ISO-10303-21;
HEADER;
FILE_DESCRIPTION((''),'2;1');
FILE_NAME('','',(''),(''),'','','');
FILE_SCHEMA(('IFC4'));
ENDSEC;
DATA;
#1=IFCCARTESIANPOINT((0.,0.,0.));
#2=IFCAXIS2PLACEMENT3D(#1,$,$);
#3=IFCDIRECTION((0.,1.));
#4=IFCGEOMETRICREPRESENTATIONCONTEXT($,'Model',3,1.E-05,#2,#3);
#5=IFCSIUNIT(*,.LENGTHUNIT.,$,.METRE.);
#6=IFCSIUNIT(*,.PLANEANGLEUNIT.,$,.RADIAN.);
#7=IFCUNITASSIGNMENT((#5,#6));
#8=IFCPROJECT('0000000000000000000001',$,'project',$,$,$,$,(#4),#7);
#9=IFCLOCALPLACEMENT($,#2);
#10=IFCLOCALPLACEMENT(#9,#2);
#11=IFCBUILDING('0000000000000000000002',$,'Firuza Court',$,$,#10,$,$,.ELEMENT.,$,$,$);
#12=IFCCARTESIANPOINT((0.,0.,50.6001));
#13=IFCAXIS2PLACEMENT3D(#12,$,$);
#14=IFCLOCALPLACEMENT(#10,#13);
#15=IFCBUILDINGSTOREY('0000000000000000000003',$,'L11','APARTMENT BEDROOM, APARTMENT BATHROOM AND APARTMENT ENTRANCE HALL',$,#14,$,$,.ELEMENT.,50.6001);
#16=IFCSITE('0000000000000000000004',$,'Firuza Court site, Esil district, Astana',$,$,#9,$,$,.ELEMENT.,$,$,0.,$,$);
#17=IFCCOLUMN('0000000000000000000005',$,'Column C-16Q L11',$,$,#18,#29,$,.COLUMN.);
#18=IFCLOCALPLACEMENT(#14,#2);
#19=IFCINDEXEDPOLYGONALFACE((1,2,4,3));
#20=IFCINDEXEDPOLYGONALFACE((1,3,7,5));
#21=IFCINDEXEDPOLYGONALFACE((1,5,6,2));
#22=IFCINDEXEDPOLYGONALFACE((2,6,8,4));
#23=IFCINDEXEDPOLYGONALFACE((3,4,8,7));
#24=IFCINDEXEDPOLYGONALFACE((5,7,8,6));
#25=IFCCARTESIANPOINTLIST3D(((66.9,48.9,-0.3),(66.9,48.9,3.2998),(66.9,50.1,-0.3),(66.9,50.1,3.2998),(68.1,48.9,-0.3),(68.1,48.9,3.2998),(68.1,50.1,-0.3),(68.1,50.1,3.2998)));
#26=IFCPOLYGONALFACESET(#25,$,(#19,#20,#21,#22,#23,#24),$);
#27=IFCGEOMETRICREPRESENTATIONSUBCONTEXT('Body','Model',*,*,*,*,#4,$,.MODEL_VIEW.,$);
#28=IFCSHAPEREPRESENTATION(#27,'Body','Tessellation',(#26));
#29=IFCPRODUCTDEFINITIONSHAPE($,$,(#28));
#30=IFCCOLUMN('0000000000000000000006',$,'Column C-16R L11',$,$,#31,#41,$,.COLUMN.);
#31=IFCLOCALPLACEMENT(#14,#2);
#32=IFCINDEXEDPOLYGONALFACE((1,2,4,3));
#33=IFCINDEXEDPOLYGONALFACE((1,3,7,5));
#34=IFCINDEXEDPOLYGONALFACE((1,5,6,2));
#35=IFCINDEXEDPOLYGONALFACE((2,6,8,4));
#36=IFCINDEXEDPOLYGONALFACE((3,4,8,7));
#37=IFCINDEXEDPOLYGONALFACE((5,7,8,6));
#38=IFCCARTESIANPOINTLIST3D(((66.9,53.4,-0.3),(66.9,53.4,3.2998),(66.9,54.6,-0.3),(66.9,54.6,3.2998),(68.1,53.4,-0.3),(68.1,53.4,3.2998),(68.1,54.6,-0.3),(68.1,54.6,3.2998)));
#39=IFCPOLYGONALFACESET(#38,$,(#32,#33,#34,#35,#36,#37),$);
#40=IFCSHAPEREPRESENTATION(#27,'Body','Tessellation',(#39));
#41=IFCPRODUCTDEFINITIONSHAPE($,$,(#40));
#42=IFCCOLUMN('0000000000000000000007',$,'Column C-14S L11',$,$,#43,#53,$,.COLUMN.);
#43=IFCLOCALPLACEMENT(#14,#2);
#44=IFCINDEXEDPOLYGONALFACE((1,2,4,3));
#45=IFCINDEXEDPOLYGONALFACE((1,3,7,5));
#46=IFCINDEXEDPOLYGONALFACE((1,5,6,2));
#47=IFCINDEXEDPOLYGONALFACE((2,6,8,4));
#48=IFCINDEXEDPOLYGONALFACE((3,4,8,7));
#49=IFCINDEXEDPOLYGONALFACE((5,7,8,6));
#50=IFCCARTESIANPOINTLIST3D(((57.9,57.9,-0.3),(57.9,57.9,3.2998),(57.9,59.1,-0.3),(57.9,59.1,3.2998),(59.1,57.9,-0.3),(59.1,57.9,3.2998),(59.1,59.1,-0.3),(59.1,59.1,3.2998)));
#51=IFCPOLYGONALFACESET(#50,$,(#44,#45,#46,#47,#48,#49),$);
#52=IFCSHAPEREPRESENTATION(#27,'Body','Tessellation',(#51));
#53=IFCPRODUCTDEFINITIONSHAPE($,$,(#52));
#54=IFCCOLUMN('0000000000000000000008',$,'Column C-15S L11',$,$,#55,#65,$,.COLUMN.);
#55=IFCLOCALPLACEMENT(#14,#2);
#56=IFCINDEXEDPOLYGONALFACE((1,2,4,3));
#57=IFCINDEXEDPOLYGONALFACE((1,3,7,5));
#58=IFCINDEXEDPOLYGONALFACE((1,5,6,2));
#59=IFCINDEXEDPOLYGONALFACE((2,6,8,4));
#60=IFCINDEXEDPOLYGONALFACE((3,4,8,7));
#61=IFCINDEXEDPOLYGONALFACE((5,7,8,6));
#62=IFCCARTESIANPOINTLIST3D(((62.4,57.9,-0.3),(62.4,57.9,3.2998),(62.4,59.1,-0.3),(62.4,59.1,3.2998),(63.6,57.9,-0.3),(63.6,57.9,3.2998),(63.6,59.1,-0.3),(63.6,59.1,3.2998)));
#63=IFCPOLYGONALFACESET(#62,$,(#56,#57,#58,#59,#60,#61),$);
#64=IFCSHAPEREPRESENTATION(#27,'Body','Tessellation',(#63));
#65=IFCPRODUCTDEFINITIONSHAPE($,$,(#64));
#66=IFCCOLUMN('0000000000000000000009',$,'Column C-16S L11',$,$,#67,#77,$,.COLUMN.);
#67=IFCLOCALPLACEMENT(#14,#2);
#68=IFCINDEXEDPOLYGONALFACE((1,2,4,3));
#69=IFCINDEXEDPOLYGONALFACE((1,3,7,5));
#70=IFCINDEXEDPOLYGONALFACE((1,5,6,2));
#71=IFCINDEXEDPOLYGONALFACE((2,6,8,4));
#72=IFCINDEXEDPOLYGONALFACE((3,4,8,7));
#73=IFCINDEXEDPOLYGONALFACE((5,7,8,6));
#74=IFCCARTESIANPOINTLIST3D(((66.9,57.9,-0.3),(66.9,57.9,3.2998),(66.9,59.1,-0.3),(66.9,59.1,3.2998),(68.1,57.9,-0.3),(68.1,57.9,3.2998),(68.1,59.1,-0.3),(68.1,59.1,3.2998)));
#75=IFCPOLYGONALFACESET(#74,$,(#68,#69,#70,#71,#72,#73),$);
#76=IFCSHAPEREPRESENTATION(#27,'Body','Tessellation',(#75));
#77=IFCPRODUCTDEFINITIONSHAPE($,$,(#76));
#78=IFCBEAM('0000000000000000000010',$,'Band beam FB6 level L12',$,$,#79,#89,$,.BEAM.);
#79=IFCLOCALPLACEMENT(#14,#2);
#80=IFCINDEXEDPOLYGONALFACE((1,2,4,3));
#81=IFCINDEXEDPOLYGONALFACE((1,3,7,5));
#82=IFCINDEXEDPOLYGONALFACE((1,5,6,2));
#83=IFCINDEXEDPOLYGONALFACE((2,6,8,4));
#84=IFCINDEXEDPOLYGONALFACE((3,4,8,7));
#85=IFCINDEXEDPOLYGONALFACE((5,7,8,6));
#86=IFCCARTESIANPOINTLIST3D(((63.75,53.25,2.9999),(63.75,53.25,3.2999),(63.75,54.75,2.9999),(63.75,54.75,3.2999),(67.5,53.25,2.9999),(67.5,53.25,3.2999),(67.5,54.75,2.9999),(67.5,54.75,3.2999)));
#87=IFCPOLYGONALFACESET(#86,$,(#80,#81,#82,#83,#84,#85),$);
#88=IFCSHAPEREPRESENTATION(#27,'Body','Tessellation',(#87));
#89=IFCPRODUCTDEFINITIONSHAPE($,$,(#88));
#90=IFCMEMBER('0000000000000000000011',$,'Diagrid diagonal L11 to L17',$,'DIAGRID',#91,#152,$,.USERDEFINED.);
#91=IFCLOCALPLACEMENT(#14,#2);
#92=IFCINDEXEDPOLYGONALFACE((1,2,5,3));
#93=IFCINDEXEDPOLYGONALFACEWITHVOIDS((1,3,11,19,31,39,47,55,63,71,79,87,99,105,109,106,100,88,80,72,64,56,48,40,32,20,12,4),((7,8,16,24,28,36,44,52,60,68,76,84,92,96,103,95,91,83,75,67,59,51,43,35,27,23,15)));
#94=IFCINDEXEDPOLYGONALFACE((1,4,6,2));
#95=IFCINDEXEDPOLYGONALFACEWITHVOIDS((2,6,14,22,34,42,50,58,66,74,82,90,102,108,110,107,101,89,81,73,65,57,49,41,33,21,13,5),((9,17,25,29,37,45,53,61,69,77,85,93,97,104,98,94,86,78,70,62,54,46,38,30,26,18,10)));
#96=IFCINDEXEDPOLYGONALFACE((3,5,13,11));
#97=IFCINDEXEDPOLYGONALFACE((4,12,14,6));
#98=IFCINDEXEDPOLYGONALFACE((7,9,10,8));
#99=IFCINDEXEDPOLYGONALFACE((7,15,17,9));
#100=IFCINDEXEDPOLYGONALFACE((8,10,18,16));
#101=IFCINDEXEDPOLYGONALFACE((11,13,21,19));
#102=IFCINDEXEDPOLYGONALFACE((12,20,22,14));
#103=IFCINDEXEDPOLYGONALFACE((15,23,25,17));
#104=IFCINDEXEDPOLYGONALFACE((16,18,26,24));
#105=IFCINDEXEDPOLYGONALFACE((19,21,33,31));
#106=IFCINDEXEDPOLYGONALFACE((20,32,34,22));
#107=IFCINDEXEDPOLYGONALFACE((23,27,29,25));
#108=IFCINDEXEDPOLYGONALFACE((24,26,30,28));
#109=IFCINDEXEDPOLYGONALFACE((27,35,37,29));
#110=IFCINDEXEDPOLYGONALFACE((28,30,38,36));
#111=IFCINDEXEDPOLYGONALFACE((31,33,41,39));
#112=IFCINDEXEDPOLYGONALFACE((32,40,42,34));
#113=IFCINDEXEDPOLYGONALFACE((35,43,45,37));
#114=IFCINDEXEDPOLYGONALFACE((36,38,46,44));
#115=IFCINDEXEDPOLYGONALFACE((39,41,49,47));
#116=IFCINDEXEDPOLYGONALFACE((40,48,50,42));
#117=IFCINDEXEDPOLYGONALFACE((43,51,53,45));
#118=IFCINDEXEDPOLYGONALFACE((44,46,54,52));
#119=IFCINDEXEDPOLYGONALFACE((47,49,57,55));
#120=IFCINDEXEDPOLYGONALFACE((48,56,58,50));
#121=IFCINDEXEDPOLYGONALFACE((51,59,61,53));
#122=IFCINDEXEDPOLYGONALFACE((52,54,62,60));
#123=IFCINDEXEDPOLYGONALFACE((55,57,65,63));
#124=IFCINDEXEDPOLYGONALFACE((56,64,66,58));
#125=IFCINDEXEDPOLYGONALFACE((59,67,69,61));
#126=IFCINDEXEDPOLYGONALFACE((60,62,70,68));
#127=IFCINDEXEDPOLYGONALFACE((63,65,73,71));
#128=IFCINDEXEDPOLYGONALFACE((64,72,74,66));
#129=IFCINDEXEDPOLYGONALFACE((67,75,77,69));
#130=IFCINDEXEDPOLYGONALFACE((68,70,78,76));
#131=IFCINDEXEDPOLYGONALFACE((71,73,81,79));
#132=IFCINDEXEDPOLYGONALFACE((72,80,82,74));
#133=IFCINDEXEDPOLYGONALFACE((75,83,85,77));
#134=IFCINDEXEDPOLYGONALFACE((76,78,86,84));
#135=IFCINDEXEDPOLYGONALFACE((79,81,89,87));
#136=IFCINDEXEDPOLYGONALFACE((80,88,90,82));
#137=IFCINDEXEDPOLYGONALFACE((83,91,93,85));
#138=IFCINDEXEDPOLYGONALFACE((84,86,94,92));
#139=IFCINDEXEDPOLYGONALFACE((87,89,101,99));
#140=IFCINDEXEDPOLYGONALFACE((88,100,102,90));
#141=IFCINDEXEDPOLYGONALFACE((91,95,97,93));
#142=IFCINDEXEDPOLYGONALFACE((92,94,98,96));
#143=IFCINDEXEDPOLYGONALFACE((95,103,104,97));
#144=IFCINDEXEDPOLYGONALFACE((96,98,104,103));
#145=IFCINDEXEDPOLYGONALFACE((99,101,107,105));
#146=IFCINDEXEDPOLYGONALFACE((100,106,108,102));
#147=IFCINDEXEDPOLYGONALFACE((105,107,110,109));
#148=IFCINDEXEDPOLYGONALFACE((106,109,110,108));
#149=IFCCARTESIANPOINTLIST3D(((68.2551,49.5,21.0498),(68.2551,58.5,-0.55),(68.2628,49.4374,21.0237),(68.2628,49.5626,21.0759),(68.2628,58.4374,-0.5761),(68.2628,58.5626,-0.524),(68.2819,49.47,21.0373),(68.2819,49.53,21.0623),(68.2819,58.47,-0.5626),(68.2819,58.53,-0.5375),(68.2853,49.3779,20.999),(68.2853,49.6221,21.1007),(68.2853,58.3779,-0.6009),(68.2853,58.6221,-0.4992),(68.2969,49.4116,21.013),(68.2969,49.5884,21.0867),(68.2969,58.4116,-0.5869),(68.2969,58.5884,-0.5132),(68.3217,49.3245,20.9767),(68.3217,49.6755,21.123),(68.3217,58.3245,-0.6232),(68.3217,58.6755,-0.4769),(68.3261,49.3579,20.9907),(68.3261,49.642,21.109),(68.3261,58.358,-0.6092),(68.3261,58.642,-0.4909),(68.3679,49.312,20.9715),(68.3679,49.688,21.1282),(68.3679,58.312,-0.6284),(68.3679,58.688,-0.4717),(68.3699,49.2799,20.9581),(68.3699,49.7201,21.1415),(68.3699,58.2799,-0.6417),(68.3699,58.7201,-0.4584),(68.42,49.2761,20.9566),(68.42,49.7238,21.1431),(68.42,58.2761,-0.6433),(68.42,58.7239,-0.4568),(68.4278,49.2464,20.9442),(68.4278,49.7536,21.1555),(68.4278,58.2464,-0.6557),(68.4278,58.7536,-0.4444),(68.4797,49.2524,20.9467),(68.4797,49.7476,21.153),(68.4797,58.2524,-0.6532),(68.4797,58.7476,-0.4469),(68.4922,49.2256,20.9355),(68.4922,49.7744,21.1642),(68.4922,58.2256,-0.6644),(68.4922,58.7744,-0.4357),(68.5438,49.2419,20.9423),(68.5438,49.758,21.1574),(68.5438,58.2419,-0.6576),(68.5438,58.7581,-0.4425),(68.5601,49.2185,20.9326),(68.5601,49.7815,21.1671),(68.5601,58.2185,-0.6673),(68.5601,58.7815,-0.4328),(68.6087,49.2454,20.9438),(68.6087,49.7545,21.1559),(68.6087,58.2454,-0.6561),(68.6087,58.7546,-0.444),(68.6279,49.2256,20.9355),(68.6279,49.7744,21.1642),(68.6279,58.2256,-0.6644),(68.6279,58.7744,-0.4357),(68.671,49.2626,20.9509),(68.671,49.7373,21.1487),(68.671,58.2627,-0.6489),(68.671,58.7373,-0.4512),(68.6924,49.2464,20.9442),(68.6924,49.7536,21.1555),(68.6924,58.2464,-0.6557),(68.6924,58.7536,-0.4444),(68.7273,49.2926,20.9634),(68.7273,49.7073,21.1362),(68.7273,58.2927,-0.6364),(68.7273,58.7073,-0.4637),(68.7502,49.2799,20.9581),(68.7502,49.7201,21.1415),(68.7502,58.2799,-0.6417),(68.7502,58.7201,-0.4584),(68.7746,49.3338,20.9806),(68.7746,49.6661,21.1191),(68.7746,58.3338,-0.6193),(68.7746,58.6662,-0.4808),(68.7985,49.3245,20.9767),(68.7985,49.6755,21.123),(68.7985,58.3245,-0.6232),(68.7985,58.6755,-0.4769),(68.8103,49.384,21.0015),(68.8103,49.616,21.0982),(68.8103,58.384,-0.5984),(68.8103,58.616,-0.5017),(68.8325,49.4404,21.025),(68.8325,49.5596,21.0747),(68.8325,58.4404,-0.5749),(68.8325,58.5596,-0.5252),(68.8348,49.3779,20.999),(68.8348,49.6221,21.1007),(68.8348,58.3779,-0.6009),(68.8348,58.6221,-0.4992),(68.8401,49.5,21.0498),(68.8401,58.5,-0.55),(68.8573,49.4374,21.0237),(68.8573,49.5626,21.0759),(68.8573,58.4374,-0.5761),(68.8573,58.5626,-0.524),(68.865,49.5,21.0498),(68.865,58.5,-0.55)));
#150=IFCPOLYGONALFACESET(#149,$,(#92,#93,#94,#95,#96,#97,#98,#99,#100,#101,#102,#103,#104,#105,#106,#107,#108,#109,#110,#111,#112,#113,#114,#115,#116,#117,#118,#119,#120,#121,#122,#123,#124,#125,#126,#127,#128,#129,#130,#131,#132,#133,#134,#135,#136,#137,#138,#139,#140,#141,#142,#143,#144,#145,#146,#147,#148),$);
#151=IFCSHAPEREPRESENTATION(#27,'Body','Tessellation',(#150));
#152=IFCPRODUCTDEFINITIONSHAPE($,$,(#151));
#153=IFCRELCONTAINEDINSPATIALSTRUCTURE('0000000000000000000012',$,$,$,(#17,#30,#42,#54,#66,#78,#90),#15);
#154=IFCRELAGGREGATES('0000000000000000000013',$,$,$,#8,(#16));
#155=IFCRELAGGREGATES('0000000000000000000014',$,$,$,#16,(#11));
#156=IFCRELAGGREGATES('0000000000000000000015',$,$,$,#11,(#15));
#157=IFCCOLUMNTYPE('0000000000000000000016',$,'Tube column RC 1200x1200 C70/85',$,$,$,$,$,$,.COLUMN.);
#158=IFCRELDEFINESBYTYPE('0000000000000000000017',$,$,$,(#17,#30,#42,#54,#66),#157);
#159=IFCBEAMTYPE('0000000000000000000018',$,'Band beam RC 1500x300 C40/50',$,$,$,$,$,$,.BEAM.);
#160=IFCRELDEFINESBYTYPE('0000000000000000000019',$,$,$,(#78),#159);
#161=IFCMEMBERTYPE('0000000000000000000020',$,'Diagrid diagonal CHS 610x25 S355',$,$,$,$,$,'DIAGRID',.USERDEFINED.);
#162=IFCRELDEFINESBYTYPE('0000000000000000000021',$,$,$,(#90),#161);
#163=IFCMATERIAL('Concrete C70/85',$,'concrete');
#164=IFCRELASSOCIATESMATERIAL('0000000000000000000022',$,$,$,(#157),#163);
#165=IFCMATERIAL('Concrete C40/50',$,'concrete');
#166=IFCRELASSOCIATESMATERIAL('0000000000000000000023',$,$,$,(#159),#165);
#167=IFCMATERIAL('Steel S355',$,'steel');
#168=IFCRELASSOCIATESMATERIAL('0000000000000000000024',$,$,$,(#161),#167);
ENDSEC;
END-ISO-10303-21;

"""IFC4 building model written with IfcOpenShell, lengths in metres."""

from ifc_helpers import new_model, si_unit, direction, frame, origin, origin_2d, place, context, subcontext, project, spatial, rectangle, hollow_circle, extrude, material, material_profile, profile_set, type_object, element, save


model = new_model("IFC4")

# Units and contexts
model_context = context("Model", 3, precision=1e-05, world=origin(), true_north=direction((0.0, 1.0)))
body_context = subcontext(model_context, "Body", "Model", "MODEL_VIEW")
ifc_project = project(units=[si_unit("LENGTHUNIT", "METRE"), si_unit("PLANEANGLEUNIT", "RADIAN")], contexts=[model_context])

# Site, building, storey
site_placement = place(None, origin())
site = spatial("IfcSite", under=ifc_project, at=site_placement, Name="Firuza Court site, Esil district, Astana", CompositionType="ELEMENT", RefElevation=0.0)
building_placement = place(site_placement, origin())
building = spatial("IfcBuilding", under=site, at=building_placement, Name="Firuza Court", CompositionType="ELEMENT")
storey_placement = place(building_placement, frame((0.0, 0.0, 50.6001)))
storey = spatial("IfcBuildingStorey", under=building, at=storey_placement, Name="L11", Description="APARTMENT BEDROOM, APARTMENT BATHROOM AND APARTMENT ENTRANCE HALL", CompositionType="ELEMENT", Elevation=50.6001)

# Columns
ifc_material_1 = material(Name="Concrete C70/85", Category="concrete")
ifc_material_profile_1 = material_profile(ifc_material_1, rectangle(XDim=1.2, YDim=1.2, at=origin_2d()), Name="RC 1200x1200")
ifc_profile_set_1 = profile_set([ifc_material_profile_1], Name="Concrete C70/85")
column_type = type_object("IfcColumnType", Name="Tube column RC 1200x1200 C70/85", PredefinedType="COLUMN", material=ifc_profile_set_1)
for number, where, z_axis, x_axis, name in (
    (1, (67.5, 49.5, -0.3), (0.0, 0.0, 1.0), (1.0, 0.0, 0.0), "Column C-16Q L11"),
    (2, (67.5, 54.0, -0.3), (0.0, 0.0, 1.0), (1.0, 0.0, 0.0), "Column C-16R L11"),
    (3, (58.5, 58.5, -0.3), (0.0, 0.0, 1.0), (1.0, 0.0, 0.0), "Column C-14S L11"),
    (4, (63.0, 58.5, -0.3), (0.0, 0.0, 1.0), (1.0, 0.0, 0.0), "Column C-15S L11"),
    (5, (67.5, 58.5, -0.3), (0.0, 0.0, 1.0), (1.0, 0.0, 0.0), "Column C-16S L11"),
):
    element("IfcColumn", number, at=place(storey_placement, frame(where, z_axis=z_axis, x_axis=x_axis)), inside=storey, type_object=column_type, Name=name, PredefinedType="COLUMN", context=body_context, shape_type="SweptSolid", body=[
        extrude(rectangle(XDim=1.2, YDim=1.2, at=origin_2d()), origin(), (0.0, 0.0, 1.0), 3.5999),
    ])

# Beam
ifc_material_2 = material(Name="Concrete C40/50", Category="concrete")
ifc_material_profile_2 = material_profile(ifc_material_2, rectangle(XDim=1.5, YDim=0.3, at=origin_2d()), Name="RC 1500x300")
ifc_profile_set_2 = profile_set([ifc_material_profile_2], Name="Concrete C40/50")
beam_type_1 = type_object("IfcBeamType", Name="Band beam RC 1500x300 C40/50", PredefinedType="BEAM", material=ifc_profile_set_2)
beam_placement = place(storey_placement, frame((67.5, 54.0, 3.1499), z_axis=(-1.0, 0.0, 0.0), x_axis=(0.0, -1.0, 0.0)))
element("IfcBeam", 6, at=beam_placement, inside=storey, type_object=beam_type_1, Name="Band beam FB6 level L12", PredefinedType="BEAM", context=body_context, shape_type="SweptSolid", body=[
    extrude(rectangle(XDim=1.5, YDim=0.3, at=origin_2d()), origin(), (0.0, 0.0, 1.0), 3.75),
])

# Member
ifc_material_3 = material(Name="Steel S355", Category="steel")
ifc_material_profile_3 = material_profile(ifc_material_3, hollow_circle(Radius=0.3049, WallThickness=0.0249, at=origin_2d()), Name="CHS 610x25")
ifc_profile_set_3 = profile_set([ifc_material_profile_3], Name="Steel S355")
member_type = type_object("IfcMemberType", Name="Diagrid diagonal CHS 610x25 S355", ElementType="DIAGRID", PredefinedType="USERDEFINED", material=ifc_profile_set_3)
member_1_placement = place(storey_placement, frame((68.5601, 58.5, -0.55), z_axis=(0.0, -0.384618, 0.923076), x_axis=(1.0, 0.0, 0.0)))
element("IfcMember", 7, at=member_1_placement, inside=storey, type_object=member_type, Name="Diagrid diagonal L11 to L17", ObjectType="DIAGRID", PredefinedType="USERDEFINED", context=body_context, shape_type="SweptSolid", body=[
    extrude(hollow_circle(Radius=0.3049, WallThickness=0.0249, at=origin_2d()), origin(), (0.0, 0.0, 1.0), 23.3999),
])

save(model, "model.ifc")
